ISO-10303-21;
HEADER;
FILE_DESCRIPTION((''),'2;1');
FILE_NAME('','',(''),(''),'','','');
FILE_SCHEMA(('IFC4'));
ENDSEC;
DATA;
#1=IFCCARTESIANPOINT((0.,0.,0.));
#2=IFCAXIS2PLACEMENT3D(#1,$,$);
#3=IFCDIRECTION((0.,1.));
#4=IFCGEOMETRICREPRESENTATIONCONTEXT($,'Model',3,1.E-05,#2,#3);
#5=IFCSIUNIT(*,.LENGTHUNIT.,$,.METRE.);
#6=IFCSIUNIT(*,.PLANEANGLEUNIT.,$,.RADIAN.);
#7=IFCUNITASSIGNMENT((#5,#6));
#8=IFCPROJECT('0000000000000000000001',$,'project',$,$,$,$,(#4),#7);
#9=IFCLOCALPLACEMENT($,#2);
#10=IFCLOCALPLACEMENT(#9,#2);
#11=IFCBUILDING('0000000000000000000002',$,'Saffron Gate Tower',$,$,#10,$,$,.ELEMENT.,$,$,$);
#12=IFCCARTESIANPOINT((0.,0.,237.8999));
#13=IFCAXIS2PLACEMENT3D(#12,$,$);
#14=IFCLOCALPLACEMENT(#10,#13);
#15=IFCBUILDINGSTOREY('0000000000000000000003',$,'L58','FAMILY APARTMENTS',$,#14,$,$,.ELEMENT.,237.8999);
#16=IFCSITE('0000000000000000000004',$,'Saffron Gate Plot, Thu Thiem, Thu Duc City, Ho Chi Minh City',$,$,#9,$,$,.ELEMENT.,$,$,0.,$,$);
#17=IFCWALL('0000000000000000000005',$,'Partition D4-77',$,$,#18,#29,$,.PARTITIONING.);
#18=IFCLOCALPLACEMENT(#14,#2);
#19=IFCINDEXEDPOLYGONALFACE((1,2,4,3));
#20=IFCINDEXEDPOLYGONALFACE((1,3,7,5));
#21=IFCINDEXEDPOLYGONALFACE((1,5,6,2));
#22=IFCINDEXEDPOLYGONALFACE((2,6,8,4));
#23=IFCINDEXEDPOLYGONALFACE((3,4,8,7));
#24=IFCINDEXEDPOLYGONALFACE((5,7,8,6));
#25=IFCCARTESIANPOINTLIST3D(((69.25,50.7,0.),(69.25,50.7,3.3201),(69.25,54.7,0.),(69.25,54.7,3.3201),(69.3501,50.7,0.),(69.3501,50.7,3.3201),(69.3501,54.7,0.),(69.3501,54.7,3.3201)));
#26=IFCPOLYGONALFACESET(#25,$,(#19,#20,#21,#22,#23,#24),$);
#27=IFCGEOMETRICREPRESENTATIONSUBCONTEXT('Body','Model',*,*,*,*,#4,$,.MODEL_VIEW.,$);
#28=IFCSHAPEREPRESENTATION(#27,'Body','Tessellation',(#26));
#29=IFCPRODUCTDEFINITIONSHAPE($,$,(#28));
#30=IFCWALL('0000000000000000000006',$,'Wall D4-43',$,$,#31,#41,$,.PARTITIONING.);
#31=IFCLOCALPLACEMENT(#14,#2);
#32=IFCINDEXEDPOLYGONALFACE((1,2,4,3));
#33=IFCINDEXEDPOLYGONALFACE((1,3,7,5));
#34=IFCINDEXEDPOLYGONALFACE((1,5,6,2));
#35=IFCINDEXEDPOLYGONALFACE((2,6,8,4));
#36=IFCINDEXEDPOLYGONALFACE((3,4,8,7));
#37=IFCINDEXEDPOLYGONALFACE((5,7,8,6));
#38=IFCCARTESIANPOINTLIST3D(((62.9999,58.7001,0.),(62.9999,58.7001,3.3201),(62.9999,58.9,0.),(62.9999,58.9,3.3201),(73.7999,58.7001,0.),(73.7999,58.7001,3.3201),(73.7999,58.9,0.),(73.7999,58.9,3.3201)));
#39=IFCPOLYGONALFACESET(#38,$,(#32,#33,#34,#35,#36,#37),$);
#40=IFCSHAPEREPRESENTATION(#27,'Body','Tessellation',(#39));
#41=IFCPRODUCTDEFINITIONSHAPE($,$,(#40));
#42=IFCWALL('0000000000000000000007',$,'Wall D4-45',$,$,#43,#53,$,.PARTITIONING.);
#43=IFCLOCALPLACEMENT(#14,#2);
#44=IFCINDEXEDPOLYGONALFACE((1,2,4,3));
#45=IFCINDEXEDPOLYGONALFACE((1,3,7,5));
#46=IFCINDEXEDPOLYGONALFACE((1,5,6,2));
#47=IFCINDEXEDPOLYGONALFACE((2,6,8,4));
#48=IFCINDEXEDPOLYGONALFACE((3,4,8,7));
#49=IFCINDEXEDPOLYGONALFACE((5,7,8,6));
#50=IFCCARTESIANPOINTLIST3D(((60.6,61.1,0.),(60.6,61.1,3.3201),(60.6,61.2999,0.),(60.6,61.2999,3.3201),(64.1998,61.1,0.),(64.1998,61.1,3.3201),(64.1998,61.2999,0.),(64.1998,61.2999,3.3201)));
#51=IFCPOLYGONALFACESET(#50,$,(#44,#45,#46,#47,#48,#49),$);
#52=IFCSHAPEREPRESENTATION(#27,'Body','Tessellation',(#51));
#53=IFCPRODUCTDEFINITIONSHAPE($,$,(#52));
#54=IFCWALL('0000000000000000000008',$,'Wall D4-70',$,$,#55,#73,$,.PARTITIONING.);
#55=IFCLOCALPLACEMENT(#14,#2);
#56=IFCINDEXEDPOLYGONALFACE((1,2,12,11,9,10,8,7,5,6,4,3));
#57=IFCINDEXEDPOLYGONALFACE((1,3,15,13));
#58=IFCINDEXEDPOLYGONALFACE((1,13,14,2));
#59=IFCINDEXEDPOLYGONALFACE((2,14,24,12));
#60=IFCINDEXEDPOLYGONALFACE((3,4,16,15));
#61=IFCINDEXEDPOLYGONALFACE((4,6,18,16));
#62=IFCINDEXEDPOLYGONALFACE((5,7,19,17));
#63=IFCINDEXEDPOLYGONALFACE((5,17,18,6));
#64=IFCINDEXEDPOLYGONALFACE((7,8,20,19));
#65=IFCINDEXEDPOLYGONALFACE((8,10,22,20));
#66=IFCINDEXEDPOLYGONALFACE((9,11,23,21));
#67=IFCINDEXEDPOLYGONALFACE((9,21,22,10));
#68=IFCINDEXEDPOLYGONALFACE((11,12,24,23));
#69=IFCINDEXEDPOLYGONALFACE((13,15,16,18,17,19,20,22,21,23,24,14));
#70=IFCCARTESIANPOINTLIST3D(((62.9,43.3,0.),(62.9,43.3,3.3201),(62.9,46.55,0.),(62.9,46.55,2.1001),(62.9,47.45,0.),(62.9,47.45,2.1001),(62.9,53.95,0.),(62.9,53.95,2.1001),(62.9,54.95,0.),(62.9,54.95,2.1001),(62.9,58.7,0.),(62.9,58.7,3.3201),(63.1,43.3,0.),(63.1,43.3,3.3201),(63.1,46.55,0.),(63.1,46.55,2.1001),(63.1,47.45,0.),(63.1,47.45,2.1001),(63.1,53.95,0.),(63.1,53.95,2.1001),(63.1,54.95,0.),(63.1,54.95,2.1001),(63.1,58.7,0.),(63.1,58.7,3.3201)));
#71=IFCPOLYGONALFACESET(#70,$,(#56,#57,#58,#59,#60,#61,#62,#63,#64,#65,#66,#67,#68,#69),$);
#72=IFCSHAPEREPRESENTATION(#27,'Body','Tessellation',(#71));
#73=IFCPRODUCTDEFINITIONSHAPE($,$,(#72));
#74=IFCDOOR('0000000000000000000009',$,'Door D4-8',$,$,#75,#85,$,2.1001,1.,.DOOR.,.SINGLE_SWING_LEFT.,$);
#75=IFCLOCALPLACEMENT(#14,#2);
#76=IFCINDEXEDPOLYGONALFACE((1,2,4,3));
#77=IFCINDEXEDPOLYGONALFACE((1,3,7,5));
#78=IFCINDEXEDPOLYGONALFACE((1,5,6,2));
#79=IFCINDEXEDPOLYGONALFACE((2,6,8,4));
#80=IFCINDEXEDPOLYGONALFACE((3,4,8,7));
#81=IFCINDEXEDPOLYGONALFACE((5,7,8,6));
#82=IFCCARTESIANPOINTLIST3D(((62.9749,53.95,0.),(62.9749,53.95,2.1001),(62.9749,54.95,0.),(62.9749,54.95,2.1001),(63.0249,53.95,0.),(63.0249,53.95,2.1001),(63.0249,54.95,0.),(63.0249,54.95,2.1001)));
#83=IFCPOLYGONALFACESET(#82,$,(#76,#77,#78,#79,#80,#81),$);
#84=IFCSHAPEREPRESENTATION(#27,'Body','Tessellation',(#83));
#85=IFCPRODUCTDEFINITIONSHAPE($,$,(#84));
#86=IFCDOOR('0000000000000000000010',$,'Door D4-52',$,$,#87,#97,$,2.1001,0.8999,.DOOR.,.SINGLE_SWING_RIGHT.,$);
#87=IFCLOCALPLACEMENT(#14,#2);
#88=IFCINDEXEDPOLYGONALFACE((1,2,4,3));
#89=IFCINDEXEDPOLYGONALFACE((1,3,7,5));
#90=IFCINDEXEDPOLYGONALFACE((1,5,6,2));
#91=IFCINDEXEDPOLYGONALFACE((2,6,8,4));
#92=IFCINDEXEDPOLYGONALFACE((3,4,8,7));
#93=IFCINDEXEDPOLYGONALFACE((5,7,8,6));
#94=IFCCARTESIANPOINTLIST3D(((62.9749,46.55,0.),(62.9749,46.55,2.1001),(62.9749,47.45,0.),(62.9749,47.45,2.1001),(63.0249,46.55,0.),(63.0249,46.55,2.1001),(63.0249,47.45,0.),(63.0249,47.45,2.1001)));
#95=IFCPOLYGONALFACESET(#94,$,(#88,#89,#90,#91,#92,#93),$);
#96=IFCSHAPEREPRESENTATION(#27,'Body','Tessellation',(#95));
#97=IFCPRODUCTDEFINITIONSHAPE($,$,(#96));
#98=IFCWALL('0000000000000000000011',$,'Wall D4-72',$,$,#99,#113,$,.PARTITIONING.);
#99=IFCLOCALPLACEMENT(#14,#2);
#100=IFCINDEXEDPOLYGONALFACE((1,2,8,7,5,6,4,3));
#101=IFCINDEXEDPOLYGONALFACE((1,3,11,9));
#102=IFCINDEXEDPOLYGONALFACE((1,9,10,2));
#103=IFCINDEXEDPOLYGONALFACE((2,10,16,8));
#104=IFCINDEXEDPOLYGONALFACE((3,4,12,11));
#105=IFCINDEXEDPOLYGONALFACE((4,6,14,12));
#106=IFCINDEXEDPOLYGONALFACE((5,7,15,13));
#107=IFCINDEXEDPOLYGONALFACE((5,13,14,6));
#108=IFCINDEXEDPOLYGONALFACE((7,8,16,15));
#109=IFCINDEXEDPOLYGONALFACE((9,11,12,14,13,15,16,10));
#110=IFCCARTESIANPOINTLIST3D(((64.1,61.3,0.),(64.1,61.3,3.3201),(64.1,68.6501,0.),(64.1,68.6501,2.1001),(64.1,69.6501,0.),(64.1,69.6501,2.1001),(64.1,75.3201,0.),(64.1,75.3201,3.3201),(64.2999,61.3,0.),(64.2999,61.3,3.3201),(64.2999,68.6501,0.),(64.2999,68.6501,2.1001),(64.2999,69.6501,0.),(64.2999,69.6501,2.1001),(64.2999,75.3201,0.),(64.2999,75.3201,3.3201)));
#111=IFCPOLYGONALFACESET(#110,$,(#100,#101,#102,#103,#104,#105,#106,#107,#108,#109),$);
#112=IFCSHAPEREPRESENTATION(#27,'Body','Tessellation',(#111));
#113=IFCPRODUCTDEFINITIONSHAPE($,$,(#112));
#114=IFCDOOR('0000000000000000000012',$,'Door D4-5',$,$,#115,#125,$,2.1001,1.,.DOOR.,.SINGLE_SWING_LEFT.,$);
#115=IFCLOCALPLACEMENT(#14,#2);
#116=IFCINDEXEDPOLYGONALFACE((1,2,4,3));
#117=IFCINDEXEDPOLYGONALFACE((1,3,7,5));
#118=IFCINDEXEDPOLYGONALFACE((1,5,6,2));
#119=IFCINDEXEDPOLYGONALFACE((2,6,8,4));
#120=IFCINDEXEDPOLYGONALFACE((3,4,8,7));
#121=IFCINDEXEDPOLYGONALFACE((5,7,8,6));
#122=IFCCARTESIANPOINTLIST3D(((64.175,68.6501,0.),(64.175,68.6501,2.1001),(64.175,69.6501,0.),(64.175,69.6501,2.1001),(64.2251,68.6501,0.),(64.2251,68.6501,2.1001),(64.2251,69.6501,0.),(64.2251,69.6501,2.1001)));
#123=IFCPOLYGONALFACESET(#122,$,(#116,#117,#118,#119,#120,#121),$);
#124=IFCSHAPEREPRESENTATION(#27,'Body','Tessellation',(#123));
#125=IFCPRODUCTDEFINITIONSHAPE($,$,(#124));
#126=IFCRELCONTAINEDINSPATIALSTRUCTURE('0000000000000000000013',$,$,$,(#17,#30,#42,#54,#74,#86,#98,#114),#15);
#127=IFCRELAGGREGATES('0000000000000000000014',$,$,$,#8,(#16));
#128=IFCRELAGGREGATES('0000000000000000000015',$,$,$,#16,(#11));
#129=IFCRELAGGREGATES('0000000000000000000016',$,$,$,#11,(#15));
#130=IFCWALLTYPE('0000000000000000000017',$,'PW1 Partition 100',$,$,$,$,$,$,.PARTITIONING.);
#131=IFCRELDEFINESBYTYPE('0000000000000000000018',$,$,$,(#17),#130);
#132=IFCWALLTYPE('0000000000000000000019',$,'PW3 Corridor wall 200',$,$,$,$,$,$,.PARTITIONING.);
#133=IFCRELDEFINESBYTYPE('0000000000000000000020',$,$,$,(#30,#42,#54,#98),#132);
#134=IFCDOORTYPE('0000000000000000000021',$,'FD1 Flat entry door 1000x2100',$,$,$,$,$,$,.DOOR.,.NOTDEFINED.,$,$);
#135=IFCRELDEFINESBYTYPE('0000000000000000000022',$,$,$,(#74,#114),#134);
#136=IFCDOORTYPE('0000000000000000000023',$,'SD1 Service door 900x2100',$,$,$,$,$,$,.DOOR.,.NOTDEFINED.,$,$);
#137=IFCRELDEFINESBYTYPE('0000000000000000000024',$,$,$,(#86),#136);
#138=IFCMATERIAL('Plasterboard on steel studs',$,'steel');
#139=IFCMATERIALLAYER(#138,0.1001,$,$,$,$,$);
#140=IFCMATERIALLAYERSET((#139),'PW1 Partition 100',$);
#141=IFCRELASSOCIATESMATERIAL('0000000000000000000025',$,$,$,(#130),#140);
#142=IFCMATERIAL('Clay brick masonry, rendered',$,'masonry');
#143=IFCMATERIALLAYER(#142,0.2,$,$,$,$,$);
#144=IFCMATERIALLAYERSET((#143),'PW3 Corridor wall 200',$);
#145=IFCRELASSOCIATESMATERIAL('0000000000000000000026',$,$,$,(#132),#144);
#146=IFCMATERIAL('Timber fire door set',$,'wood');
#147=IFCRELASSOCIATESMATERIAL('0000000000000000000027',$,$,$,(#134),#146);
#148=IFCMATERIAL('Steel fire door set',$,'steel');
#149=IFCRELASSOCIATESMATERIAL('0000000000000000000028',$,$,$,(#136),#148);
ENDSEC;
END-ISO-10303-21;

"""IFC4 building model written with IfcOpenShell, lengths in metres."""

from ifc_helpers import new_model, si_unit, direction, frame, frame_2d, origin, place, context, subcontext, project, spatial, rectangle, extrude, material, layer, layer_set, type_object, element, fill, save


model = new_model("IFC4")

# Units and contexts
model_context = context("Model", 3, precision=1e-05, world=origin(), true_north=direction((0.0, 1.0)))
body_context = subcontext(model_context, "Body", "Model", "MODEL_VIEW")
ifc_project = project(units=[si_unit("LENGTHUNIT", "METRE"), si_unit("PLANEANGLEUNIT", "RADIAN")], contexts=[model_context])

# Site, building, storey
site_placement = place(None, origin())
site = spatial("IfcSite", under=ifc_project, at=site_placement, Name="Saffron Gate Plot, Thu Thiem, Thu Duc City, Ho Chi Minh City", CompositionType="ELEMENT", RefElevation=0.0)
building_placement = place(site_placement, origin())
building = spatial("IfcBuilding", under=site, at=building_placement, Name="Saffron Gate Tower", CompositionType="ELEMENT")
storey_placement = place(building_placement, frame((0.0, 0.0, 237.8999)))
storey = spatial("IfcBuildingStorey", under=building, at=storey_placement, Name="L58", Description="FAMILY APARTMENTS", CompositionType="ELEMENT", Elevation=237.8999)

# Shared definitions
ifc_material_1 = material(Name="Steel fire door set", Category="steel")

# Walls
ifc_material_2 = material(Name="Plasterboard on steel studs", Category="steel")
ifc_layer_1 = layer(ifc_material_2, 0.1001)
ifc_layer_set_1 = layer_set([ifc_layer_1], Name="PW1 Partition 100")
wall_type_1 = type_object("IfcWallType", Name="PW1 Partition 100", PredefinedType="PARTITIONING", material=ifc_layer_set_1)
wall_1_placement = place(storey_placement, frame((69.3, 54.7, 0.0), z_axis=(0.0, 0.0, 1.0), x_axis=(0.0, -1.0, 0.0)))
element("IfcWall", 1, at=wall_1_placement, inside=storey, type_object=wall_type_1, Name="Partition D4-77", PredefinedType="PARTITIONING", context=body_context, shape_type="SweptSolid", body=[
    extrude(rectangle(XDim=4.0, YDim=0.1001, at=frame_2d((2.0, 0.0))), origin(), (0.0, 0.0, 1.0), 3.3201),
])
ifc_material_3 = material(Name="Clay brick masonry, rendered", Category="masonry")
ifc_layer_2 = layer(ifc_material_3, 0.2)
ifc_layer_set_2 = layer_set([ifc_layer_2], Name="PW3 Corridor wall 200")
wall_type_2 = type_object("IfcWallType", Name="PW3 Corridor wall 200", PredefinedType="PARTITIONING", material=ifc_layer_set_2)
wall_2_placement = place(storey_placement, frame((63.0, 58.8, 0.0), z_axis=(0.0, 0.0, 1.0), x_axis=(1.0, 0.0, 0.0)))
element("IfcWall", 2, at=wall_2_placement, inside=storey, type_object=wall_type_2, Name="Wall D4-43", PredefinedType="PARTITIONING", context=body_context, shape_type="SweptSolid", body=[
    extrude(rectangle(XDim=10.8, YDim=0.2, at=frame_2d((5.3999, 0.0))), origin(), (0.0, 0.0, 1.0), 3.3201),
])
wall_3_placement = place(storey_placement, frame((60.6001, 61.2, 0.0), z_axis=(0.0, 0.0, 1.0), x_axis=(1.0, 0.0, 0.0)))
element("IfcWall", 3, at=wall_3_placement, inside=storey, type_object=wall_type_2, Name="Wall D4-45", PredefinedType="PARTITIONING", context=body_context, shape_type="SweptSolid", body=[
    extrude(rectangle(XDim=3.5999, YDim=0.2, at=frame_2d((1.7998, 0.0))), origin(), (0.0, 0.0, 1.0), 3.3201),
])

# Wall, openings, doors
wall_4_placement = place(storey_placement, frame((63.0, 58.7, 0.0), z_axis=(0.0, 0.0, 1.0), x_axis=(0.0, -1.0, 0.0)))
wall_4 = element("IfcWall", 4, at=wall_4_placement, inside=storey, type_object=wall_type_2, Name="Wall D4-70", PredefinedType="PARTITIONING", context=body_context, shape_type="SweptSolid", body=[
    extrude(rectangle(XDim=15.3999, YDim=0.2, at=frame_2d((7.7, 0.0))), origin(), (0.0, 0.0, 1.0), 3.3201),
])
opening_1_placement = place(wall_4_placement, frame((3.75, 0.0, 0.0)))
opening_1 = element("IfcOpeningElement", 5, at=opening_1_placement, cuts=wall_4, PredefinedType="OPENING", context=body_context, shape_type="SweptSolid", body=[
    extrude(rectangle(XDim=1.0, YDim=2.1001, at=frame_2d((0.5, 1.05))), frame((0.0, 0.1099, 0.0), z_axis=(0.0, -1.0, 0.0), x_axis=(1.0, 0.0, 0.0)), (0.0, 0.0, 1.0), 0.22),
])
opening_2_placement = place(wall_4_placement, frame((11.25, 0.0, 0.0)))
opening_2 = element("IfcOpeningElement", 6, at=opening_2_placement, cuts=wall_4, PredefinedType="OPENING", context=body_context, shape_type="SweptSolid", body=[
    extrude(rectangle(XDim=0.8999, YDim=2.1001, at=frame_2d((0.45, 1.05))), frame((0.0, 0.1099, 0.0), z_axis=(0.0, -1.0, 0.0), x_axis=(1.0, 0.0, 0.0)), (0.0, 0.0, 1.0), 0.22),
])
ifc_material_4 = material(Name="Timber fire door set", Category="wood")
door_type_1 = type_object("IfcDoorType", Name="FD1 Flat entry door 1000x2100", OperationType="NOTDEFINED", PredefinedType="DOOR", material=ifc_material_4)
door_1_placement = place(opening_1_placement, origin())
door_1 = element("IfcDoor", 7, at=door_1_placement, inside=storey, type_object=door_type_1, Name="Door D4-8", OperationType="SINGLE_SWING_LEFT", OverallHeight=2.1001, OverallWidth=1.0, PredefinedType="DOOR", context=body_context, shape_type="SweptSolid", body=[
    extrude(rectangle(XDim=1.0, YDim=2.1001, at=frame_2d((0.5, 1.05))), frame((0.0, 0.0249, 0.0), z_axis=(0.0, -1.0, 0.0), x_axis=(1.0, 0.0, 0.0)), (0.0, 0.0, 1.0), 0.05),
])
fill(opening_1, door_1)
door_type_2 = type_object("IfcDoorType", Name="SD1 Service door 900x2100", OperationType="NOTDEFINED", PredefinedType="DOOR", material=ifc_material_1)
door_2_placement = place(opening_2_placement, origin())
door_2 = element("IfcDoor", 8, at=door_2_placement, inside=storey, type_object=door_type_2, Name="Door D4-52", OperationType="SINGLE_SWING_RIGHT", OverallHeight=2.1001, OverallWidth=0.8999, PredefinedType="DOOR", context=body_context, shape_type="SweptSolid", body=[
    extrude(rectangle(XDim=0.8999, YDim=2.1001, at=frame_2d((0.45, 1.05))), frame((0.0, 0.0249, 0.0), z_axis=(0.0, -1.0, 0.0), x_axis=(1.0, 0.0, 0.0)), (0.0, 0.0, 1.0), 0.05),
])
fill(opening_2, door_2)

# Wall, opening, door
wall_5_placement = place(storey_placement, frame((64.2, 61.3, 0.0), z_axis=(0.0, 0.0, 1.0), x_axis=(0.0, 1.0, 0.0)))
wall_5 = element("IfcWall", 9, at=wall_5_placement, inside=storey, type_object=wall_type_2, Name="Wall D4-72", PredefinedType="PARTITIONING", context=body_context, shape_type="SweptSolid", body=[
    extrude(rectangle(XDim=14.02, YDim=0.2, at=frame_2d((7.01, 0.0))), origin(), (0.0, 0.0, 1.0), 3.3201),
])
opening_3_placement = place(wall_5_placement, frame((7.3501, 0.0, 0.0)))
opening_3 = element("IfcOpeningElement", 10, at=opening_3_placement, cuts=wall_5, PredefinedType="OPENING", context=body_context, shape_type="SweptSolid", body=[
    extrude(rectangle(XDim=1.0, YDim=2.1001, at=frame_2d((0.5, 1.05))), frame((0.0, 0.1099, 0.0), z_axis=(0.0, -1.0, 0.0), x_axis=(1.0, 0.0, 0.0)), (0.0, 0.0, 1.0), 0.22),
])
door_3_placement = place(opening_3_placement, origin())
door_3 = element("IfcDoor", 11, at=door_3_placement, inside=storey, type_object=door_type_1, Name="Door D4-5", OperationType="SINGLE_SWING_LEFT", OverallHeight=2.1001, OverallWidth=1.0, PredefinedType="DOOR", context=body_context, shape_type="SweptSolid", body=[
    extrude(rectangle(XDim=1.0, YDim=2.1001, at=frame_2d((0.5, 1.05))), frame((0.0, 0.0249, 0.0), z_axis=(0.0, -1.0, 0.0), x_axis=(1.0, 0.0, 0.0)), (0.0, 0.0, 1.0), 0.05),
])
fill(opening_3, door_3)

save(model, "model.ifc")
